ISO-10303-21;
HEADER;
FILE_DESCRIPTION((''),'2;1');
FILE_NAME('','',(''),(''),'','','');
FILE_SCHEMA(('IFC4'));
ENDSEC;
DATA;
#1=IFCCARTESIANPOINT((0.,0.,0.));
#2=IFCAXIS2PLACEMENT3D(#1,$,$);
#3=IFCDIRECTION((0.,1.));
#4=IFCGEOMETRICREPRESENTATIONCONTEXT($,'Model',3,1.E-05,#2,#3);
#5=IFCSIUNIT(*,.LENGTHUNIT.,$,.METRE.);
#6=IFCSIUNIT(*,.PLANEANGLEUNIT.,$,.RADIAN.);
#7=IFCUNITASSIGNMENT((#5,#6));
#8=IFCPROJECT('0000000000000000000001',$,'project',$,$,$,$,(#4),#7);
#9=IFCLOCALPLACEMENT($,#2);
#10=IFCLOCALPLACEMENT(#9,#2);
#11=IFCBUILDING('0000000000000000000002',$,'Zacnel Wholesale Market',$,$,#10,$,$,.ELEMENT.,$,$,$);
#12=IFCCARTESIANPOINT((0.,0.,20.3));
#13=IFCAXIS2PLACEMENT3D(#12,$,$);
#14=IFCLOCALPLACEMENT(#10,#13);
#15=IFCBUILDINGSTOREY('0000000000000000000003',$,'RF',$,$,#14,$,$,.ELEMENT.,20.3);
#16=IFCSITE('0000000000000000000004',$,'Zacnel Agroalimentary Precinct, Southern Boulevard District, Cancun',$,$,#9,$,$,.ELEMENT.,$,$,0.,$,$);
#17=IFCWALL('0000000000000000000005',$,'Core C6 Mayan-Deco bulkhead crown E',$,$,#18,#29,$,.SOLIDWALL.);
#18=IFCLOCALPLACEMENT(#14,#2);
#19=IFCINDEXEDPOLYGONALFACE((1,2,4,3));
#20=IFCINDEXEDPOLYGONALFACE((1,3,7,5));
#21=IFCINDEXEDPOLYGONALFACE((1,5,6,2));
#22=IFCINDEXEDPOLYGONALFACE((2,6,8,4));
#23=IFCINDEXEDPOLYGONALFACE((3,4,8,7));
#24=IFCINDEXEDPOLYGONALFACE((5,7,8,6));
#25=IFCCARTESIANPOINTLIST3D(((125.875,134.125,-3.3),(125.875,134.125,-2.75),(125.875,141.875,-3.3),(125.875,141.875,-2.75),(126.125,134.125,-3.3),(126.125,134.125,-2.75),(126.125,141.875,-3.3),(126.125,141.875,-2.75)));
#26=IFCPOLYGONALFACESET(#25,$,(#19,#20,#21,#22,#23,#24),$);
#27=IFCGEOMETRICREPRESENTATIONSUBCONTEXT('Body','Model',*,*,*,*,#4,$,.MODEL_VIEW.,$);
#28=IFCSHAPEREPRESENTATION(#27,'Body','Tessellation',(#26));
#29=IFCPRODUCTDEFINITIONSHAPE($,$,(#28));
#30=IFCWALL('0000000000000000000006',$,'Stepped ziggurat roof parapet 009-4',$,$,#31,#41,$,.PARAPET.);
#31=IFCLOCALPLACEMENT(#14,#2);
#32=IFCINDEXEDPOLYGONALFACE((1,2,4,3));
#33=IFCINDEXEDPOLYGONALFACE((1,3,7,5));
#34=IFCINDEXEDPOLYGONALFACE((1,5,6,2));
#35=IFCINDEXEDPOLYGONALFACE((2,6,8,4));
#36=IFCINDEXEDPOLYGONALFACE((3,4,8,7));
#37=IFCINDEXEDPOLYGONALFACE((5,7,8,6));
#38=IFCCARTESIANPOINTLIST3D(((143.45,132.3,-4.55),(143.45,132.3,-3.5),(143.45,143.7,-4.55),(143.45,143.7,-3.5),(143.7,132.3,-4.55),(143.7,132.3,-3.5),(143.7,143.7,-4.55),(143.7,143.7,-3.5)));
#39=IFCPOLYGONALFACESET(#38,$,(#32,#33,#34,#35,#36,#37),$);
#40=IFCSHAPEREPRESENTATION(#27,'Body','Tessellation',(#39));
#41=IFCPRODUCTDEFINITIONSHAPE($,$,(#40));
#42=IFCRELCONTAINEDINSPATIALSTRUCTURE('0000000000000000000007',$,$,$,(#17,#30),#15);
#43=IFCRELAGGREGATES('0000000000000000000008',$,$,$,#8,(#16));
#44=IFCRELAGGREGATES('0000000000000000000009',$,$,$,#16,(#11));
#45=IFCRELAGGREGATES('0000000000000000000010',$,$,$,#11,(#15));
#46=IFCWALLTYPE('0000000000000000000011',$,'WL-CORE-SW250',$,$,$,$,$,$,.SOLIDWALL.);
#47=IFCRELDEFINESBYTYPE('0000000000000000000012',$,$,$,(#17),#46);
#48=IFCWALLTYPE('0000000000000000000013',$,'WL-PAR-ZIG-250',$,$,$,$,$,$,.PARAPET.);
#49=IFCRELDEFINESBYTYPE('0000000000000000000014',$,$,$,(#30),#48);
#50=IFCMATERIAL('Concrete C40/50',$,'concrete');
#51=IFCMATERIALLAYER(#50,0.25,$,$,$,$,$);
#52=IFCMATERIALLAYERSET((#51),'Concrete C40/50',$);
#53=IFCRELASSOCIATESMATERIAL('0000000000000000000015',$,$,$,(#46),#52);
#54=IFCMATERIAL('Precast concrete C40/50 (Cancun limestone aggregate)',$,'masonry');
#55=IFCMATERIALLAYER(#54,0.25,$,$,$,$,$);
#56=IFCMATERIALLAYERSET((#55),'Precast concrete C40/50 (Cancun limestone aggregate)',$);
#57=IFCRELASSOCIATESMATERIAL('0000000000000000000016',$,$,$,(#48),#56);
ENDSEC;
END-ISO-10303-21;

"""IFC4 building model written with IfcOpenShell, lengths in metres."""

from ifc_helpers import new_model, si_unit, direction, frame, frame_2d, origin, place, context, subcontext, project, spatial, rectangle, extrude, material, layer, layer_set, type_object, element, save


model = new_model("IFC4")

# Units and contexts
model_context = context("Model", 3, precision=1e-05, world=origin(), true_north=direction((0.0, 1.0)))
body_context = subcontext(model_context, "Body", "Model", "MODEL_VIEW")
ifc_project = project(units=[si_unit("LENGTHUNIT", "METRE"), si_unit("PLANEANGLEUNIT", "RADIAN")], contexts=[model_context])

# Site, building, storey
site_placement = place(None, origin())
site = spatial("IfcSite", under=ifc_project, at=site_placement, Name="Zacnel Agroalimentary Precinct, Southern Boulevard District, Cancun", CompositionType="ELEMENT", RefElevation=0.0)
building_placement = place(site_placement, origin())
building = spatial("IfcBuilding", under=site, at=building_placement, Name="Zacnel Wholesale Market", CompositionType="ELEMENT")
storey_placement = place(building_placement, frame((0.0, 0.0, 20.3)))
storey = spatial("IfcBuildingStorey", under=building, at=storey_placement, Name="RF", CompositionType="ELEMENT", Elevation=20.3)

# Walls
ifc_material_1 = material(Name="Concrete C40/50", Category="concrete")
ifc_layer_1 = layer(ifc_material_1, 0.25)
ifc_layer_set_1 = layer_set([ifc_layer_1], Name="Concrete C40/50")
wall_type_1 = type_object("IfcWallType", Name="WL-CORE-SW250", PredefinedType="SOLIDWALL", material=ifc_layer_set_1)
wall_1_placement = place(storey_placement, frame((126.0, 134.125, -3.3), z_axis=(0.0, 0.0, 1.0), x_axis=(0.0, 1.0, 0.0)))
element("IfcWall", 1, at=wall_1_placement, inside=storey, type_object=wall_type_1, Name="Core C6 Mayan-Deco bulkhead crown E", PredefinedType="SOLIDWALL", context=body_context, shape_type="SweptSolid", body=[
    extrude(rectangle(XDim=7.75, YDim=0.25, at=frame_2d((3.875, 0.0))), origin(), (0.0, 0.0, 1.0), 0.55),
])
ifc_material_2 = material(Name="Precast concrete C40/50 (Cancun limestone aggregate)", Category="masonry")
ifc_layer_2 = layer(ifc_material_2, 0.25)
ifc_layer_set_2 = layer_set([ifc_layer_2], Name="Precast concrete C40/50 (Cancun limestone aggregate)")
wall_type_2 = type_object("IfcWallType", Name="WL-PAR-ZIG-250", PredefinedType="PARAPET", material=ifc_layer_set_2)
wall_2_placement = place(storey_placement, frame((143.575, 132.3, -4.55), z_axis=(0.0, 0.0, 1.0), x_axis=(0.0, 1.0, 0.0)))
element("IfcWall", 2, at=wall_2_placement, inside=storey, type_object=wall_type_2, Name="Stepped ziggurat roof parapet 009-4", PredefinedType="PARAPET", context=body_context, shape_type="SweptSolid", body=[
    extrude(rectangle(XDim=11.3999, YDim=0.25, at=frame_2d((5.7, 0.0))), origin(), (0.0, 0.0, 1.0), 1.05),
])

save(model, "model.ifc")
